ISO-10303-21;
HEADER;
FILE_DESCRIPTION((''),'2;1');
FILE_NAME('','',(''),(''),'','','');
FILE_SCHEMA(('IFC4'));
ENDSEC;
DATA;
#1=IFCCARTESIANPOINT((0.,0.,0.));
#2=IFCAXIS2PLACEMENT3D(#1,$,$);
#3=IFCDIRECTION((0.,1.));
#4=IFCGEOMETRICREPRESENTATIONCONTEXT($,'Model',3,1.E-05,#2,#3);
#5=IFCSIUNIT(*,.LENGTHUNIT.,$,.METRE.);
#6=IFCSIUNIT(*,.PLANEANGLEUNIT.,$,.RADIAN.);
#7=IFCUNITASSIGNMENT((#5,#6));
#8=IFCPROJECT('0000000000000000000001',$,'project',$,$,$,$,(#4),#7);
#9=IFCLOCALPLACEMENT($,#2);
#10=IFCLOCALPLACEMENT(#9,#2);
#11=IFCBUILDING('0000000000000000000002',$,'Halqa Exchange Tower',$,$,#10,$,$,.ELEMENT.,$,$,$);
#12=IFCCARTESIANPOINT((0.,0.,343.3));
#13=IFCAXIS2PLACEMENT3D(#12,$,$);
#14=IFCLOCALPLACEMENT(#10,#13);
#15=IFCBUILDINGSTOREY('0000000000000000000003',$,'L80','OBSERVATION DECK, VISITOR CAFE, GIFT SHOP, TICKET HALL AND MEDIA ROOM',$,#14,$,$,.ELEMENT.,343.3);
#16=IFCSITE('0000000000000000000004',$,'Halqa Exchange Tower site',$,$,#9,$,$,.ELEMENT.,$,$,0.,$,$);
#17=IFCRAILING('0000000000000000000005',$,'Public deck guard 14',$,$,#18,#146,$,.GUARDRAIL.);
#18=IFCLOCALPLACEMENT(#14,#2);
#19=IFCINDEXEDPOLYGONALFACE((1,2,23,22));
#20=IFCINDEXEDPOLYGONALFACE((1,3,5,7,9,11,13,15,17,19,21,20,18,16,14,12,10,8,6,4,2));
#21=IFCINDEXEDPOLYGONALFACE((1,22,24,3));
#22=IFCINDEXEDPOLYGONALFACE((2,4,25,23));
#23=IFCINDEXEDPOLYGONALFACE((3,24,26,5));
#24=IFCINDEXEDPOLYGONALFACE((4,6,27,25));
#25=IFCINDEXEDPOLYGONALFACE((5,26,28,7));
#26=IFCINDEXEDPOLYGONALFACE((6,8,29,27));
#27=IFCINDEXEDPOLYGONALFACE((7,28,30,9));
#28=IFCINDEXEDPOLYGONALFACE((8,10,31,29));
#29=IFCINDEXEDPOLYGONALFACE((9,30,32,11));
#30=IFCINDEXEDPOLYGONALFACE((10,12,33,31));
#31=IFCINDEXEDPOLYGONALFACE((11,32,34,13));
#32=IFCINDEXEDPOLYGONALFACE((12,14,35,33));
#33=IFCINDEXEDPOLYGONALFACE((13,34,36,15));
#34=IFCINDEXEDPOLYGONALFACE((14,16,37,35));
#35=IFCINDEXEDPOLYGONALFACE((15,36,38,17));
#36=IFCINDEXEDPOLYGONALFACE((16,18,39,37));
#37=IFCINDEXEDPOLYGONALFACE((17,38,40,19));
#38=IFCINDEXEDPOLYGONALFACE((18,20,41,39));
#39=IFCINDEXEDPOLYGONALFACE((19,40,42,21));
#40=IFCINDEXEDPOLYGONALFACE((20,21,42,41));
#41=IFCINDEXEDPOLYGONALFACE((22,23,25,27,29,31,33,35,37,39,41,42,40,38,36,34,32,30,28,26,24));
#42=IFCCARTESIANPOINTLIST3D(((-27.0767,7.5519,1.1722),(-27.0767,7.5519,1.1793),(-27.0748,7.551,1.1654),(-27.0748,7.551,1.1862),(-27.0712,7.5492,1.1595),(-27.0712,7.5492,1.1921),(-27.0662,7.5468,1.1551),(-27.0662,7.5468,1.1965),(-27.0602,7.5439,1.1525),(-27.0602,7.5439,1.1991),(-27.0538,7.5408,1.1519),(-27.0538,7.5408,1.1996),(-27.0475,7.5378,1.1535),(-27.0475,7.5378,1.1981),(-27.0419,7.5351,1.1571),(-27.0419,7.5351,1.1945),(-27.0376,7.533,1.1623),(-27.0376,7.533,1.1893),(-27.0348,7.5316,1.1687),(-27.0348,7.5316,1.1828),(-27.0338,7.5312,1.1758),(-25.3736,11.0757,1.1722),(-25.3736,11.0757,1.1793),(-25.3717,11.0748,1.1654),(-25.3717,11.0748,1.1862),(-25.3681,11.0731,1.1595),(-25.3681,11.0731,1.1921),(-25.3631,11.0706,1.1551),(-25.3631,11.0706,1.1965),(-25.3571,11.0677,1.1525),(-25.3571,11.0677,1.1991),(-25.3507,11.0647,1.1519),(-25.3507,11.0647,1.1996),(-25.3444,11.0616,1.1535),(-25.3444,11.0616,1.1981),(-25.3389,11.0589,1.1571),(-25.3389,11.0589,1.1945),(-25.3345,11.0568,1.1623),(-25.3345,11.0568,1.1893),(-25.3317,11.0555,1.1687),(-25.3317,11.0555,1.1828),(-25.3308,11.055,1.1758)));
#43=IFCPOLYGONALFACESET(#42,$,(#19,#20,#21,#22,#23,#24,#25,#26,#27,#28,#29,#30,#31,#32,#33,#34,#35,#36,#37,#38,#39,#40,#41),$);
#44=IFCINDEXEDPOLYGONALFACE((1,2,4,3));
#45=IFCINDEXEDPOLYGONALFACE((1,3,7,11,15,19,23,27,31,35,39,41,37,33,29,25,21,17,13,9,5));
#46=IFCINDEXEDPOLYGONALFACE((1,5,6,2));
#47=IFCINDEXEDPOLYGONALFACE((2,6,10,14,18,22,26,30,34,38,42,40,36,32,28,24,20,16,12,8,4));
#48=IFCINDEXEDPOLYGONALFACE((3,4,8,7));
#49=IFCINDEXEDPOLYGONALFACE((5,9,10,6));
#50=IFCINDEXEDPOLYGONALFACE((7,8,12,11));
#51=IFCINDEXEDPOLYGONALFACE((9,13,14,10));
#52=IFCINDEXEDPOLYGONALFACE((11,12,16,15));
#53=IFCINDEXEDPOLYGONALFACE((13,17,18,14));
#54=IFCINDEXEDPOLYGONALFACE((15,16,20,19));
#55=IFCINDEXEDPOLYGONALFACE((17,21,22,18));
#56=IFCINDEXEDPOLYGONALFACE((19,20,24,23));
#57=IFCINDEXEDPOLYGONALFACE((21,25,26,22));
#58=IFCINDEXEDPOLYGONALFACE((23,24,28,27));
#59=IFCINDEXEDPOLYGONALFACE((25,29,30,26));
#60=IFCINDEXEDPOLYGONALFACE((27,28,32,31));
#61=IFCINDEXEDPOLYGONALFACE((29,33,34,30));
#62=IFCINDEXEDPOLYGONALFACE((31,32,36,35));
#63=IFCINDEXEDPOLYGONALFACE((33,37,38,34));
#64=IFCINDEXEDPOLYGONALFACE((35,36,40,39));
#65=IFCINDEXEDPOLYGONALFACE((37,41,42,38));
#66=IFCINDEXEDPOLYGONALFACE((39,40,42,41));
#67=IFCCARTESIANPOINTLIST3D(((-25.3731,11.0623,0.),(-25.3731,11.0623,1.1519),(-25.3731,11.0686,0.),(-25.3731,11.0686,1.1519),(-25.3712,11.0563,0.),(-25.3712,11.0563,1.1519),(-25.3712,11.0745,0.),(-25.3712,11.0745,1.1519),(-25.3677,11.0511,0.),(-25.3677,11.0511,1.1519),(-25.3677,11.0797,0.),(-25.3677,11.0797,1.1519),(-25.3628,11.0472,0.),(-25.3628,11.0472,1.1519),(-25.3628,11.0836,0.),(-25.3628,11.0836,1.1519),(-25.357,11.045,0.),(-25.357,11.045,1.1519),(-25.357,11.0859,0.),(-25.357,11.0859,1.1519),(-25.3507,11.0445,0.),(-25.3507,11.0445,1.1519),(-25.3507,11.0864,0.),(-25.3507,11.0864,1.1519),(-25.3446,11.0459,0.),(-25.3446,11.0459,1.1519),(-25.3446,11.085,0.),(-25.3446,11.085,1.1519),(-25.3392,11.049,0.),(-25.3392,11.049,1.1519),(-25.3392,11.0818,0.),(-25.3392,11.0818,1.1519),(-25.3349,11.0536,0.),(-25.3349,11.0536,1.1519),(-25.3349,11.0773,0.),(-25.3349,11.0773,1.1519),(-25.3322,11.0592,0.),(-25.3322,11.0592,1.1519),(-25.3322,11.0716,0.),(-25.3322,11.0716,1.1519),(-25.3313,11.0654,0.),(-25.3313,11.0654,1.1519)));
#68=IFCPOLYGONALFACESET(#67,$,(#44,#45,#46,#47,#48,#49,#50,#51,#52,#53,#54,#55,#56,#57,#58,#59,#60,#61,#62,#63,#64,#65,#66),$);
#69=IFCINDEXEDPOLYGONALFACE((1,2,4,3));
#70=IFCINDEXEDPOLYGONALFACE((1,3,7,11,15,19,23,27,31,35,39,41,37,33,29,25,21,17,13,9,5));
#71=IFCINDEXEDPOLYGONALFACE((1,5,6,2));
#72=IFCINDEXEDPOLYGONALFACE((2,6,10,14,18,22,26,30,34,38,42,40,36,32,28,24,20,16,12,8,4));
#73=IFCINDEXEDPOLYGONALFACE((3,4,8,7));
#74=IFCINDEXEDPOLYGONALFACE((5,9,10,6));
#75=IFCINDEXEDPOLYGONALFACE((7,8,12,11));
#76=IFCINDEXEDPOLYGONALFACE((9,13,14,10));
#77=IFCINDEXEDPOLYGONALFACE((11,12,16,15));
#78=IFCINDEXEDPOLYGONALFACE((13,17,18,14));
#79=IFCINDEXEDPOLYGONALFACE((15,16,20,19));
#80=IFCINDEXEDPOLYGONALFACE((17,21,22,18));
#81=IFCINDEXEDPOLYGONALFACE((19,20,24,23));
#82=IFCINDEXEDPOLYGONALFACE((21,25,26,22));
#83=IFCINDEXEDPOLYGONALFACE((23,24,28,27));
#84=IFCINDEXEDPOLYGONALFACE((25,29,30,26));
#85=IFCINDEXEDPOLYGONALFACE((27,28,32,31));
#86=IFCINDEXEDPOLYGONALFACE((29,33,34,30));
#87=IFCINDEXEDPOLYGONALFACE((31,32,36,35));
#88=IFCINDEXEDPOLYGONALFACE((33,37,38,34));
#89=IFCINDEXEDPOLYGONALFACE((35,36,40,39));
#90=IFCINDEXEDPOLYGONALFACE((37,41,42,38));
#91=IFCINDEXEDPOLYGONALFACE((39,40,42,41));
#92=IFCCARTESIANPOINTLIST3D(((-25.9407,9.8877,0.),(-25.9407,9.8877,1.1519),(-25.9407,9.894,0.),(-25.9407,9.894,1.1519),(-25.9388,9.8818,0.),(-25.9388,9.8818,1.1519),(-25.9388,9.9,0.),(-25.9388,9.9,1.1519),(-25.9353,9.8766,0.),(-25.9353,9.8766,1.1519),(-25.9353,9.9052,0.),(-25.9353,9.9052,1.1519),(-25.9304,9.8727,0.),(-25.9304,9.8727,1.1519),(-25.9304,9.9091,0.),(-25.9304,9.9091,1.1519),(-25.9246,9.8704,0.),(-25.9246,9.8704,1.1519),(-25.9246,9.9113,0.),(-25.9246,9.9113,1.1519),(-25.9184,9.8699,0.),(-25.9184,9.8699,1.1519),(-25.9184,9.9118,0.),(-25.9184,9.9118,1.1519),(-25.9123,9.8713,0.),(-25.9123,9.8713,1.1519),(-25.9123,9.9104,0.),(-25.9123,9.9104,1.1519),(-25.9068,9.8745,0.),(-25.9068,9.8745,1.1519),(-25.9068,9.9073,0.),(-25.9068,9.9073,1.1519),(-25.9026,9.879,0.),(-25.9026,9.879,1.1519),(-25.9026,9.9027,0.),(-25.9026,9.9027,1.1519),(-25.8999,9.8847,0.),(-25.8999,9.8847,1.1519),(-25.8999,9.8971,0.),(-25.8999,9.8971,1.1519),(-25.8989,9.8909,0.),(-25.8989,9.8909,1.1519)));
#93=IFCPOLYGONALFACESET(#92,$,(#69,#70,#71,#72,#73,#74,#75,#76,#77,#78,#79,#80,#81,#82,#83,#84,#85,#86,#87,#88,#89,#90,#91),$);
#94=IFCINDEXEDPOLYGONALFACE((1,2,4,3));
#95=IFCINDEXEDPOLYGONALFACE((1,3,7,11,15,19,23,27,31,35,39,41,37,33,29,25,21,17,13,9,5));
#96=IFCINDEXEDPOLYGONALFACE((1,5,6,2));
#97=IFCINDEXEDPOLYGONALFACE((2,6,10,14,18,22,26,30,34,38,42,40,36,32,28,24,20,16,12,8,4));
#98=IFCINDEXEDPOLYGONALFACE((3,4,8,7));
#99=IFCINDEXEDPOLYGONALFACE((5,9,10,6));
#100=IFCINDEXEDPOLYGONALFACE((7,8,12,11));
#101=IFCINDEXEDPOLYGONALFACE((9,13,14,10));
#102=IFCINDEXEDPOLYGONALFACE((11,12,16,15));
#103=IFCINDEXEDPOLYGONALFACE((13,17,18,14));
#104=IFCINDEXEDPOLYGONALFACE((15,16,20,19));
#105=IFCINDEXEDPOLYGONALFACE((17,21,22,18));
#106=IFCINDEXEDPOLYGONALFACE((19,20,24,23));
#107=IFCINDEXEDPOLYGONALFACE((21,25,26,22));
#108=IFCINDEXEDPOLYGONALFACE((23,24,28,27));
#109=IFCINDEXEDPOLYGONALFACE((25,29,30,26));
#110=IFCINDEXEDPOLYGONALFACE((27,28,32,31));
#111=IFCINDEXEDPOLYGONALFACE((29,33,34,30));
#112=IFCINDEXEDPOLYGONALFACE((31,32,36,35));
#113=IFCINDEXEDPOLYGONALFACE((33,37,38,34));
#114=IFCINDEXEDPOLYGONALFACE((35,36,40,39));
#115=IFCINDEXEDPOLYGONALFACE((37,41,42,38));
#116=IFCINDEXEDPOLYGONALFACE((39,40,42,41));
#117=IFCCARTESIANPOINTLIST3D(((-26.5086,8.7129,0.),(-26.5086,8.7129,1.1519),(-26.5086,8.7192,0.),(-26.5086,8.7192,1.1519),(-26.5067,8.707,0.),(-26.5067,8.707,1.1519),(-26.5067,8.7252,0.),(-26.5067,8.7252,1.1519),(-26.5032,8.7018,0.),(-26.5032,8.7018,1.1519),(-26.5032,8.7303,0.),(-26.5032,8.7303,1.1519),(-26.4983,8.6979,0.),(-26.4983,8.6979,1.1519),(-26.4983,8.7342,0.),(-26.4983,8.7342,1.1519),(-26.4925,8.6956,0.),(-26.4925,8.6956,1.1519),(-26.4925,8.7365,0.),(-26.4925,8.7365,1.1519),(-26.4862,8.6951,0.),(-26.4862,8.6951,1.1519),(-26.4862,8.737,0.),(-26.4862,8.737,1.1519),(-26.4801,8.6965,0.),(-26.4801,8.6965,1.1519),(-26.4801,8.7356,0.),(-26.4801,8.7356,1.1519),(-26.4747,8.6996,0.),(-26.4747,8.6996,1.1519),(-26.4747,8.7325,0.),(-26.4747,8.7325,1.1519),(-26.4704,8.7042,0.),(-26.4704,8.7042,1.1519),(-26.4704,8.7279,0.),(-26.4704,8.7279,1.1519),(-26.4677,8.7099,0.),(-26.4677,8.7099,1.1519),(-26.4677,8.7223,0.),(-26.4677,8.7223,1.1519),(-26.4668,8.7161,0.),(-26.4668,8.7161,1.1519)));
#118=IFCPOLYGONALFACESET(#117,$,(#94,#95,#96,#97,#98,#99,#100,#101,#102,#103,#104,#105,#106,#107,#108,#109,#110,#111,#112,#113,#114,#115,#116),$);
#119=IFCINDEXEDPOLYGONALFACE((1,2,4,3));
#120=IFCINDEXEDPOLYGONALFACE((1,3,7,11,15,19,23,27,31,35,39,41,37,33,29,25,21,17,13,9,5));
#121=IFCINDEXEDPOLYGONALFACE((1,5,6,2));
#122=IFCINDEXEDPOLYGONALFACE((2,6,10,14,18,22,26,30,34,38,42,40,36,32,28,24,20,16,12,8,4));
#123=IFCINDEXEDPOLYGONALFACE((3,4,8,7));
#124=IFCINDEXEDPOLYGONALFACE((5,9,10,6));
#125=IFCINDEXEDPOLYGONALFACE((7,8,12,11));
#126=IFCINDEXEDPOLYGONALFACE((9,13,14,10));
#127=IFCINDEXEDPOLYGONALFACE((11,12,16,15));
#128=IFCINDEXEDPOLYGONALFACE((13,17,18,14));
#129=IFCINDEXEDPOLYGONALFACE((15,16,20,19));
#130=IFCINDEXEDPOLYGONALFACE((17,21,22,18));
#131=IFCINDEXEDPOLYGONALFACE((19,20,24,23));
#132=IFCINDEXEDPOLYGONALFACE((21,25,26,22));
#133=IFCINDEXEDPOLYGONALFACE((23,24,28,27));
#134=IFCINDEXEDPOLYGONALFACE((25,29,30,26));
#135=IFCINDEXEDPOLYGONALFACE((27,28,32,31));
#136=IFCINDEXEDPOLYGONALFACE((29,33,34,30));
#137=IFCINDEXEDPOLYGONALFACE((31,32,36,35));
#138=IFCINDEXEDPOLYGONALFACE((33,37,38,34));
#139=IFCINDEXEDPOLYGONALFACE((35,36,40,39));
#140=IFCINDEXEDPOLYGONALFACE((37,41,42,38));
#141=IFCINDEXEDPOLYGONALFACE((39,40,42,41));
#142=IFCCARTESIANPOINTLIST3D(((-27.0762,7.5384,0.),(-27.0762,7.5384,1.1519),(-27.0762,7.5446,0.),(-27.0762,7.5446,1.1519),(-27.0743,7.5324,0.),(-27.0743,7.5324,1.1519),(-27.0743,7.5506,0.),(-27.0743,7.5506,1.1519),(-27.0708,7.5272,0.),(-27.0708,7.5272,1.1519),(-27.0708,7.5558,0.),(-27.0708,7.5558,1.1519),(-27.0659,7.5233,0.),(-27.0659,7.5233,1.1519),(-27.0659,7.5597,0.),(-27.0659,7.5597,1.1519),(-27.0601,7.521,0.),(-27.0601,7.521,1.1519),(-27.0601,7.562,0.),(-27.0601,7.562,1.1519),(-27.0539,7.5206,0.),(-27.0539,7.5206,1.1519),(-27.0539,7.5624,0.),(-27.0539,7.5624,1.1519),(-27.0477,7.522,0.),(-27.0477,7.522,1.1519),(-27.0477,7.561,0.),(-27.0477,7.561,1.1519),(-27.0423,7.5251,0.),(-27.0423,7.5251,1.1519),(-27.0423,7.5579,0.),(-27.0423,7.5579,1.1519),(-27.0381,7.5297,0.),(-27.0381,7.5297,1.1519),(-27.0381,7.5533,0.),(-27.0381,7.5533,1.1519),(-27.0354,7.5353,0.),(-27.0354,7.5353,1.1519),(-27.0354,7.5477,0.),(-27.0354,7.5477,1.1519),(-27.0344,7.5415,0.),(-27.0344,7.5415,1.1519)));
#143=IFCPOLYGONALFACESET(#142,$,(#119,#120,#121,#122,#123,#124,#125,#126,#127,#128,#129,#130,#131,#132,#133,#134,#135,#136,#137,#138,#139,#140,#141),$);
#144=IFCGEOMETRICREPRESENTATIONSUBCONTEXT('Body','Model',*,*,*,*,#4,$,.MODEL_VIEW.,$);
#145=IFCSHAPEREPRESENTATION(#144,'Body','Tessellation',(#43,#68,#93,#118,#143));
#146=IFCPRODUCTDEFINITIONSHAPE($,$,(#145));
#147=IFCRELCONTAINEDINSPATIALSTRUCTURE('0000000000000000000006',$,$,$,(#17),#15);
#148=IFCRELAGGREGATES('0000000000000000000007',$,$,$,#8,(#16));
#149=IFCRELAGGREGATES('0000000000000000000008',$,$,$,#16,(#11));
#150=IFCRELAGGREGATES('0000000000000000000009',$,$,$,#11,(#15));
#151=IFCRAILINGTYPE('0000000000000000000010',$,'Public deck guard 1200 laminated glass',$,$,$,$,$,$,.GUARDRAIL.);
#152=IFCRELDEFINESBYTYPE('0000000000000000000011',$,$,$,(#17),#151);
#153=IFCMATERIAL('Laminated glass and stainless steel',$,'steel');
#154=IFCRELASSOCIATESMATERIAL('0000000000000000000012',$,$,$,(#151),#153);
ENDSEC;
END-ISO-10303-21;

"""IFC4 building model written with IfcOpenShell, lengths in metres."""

from ifc_helpers import new_model, si_unit, direction, frame, origin, origin_2d, place, context, subcontext, project, spatial, circle, extrude, material, type_object, element, save


model = new_model("IFC4")

# Units and contexts
model_context = context("Model", 3, precision=1e-05, world=origin(), true_north=direction((0.0, 1.0)))
body_context = subcontext(model_context, "Body", "Model", "MODEL_VIEW")
ifc_project = project(units=[si_unit("LENGTHUNIT", "METRE"), si_unit("PLANEANGLEUNIT", "RADIAN")], contexts=[model_context])

# Site, building, storey
site_placement = place(None, origin())
site = spatial("IfcSite", under=ifc_project, at=site_placement, Name="Halqa Exchange Tower site", CompositionType="ELEMENT", RefElevation=0.0)
building_placement = place(site_placement, origin())
building = spatial("IfcBuilding", under=site, at=building_placement, Name="Halqa Exchange Tower", CompositionType="ELEMENT")
storey_placement = place(building_placement, frame((0.0, 0.0, 343.3)))
storey = spatial("IfcBuildingStorey", under=building, at=storey_placement, Name="L80", Description="OBSERVATION DECK, VISITOR CAFE, GIFT SHOP, TICKET HALL AND MEDIA ROOM", CompositionType="ELEMENT", Elevation=343.3)

# Railing
ifc_material_1 = material(Name="Laminated glass and stainless steel", Category="steel")
railing_type = type_object("IfcRailingType", Name="Public deck guard 1200 laminated glass", PredefinedType="GUARDRAIL", material=ifc_material_1)
railing_1_placement = place(storey_placement, frame((-25.3523, 11.0654, 0.0)))
element("IfcRailing", 1, at=railing_1_placement, inside=storey, type_object=railing_type, Name="Public deck guard 14", PredefinedType="GUARDRAIL", context=body_context, shape_type="SweptSolid", body=[
    extrude(circle(Radius=0.0239, at=origin_2d()), frame((0.0, 0.0, 1.1758), z_axis=(-0.435147, -0.90036, 0.0), x_axis=(0.90036, -0.435147, 0.0)), (0.0, 0.0, 1.0), 3.9138),
    extrude(circle(Radius=0.021, at=origin_2d()), origin(), (0.0, 0.0, 1.0), 1.1519),
    extrude(circle(Radius=0.021, at=origin_2d()), frame((-0.5676, -1.1746, 0.0)), (0.0, 0.0, 1.0), 1.1519),
    extrude(circle(Radius=0.021, at=origin_2d()), frame((-1.1355, -2.3494, 0.0)), (0.0, 0.0, 1.0), 1.1519),
    extrude(circle(Radius=0.021, at=origin_2d()), frame((-1.7031, -3.5239, 0.0)), (0.0, 0.0, 1.0), 1.1519),
])

save(model, "model.ifc")
